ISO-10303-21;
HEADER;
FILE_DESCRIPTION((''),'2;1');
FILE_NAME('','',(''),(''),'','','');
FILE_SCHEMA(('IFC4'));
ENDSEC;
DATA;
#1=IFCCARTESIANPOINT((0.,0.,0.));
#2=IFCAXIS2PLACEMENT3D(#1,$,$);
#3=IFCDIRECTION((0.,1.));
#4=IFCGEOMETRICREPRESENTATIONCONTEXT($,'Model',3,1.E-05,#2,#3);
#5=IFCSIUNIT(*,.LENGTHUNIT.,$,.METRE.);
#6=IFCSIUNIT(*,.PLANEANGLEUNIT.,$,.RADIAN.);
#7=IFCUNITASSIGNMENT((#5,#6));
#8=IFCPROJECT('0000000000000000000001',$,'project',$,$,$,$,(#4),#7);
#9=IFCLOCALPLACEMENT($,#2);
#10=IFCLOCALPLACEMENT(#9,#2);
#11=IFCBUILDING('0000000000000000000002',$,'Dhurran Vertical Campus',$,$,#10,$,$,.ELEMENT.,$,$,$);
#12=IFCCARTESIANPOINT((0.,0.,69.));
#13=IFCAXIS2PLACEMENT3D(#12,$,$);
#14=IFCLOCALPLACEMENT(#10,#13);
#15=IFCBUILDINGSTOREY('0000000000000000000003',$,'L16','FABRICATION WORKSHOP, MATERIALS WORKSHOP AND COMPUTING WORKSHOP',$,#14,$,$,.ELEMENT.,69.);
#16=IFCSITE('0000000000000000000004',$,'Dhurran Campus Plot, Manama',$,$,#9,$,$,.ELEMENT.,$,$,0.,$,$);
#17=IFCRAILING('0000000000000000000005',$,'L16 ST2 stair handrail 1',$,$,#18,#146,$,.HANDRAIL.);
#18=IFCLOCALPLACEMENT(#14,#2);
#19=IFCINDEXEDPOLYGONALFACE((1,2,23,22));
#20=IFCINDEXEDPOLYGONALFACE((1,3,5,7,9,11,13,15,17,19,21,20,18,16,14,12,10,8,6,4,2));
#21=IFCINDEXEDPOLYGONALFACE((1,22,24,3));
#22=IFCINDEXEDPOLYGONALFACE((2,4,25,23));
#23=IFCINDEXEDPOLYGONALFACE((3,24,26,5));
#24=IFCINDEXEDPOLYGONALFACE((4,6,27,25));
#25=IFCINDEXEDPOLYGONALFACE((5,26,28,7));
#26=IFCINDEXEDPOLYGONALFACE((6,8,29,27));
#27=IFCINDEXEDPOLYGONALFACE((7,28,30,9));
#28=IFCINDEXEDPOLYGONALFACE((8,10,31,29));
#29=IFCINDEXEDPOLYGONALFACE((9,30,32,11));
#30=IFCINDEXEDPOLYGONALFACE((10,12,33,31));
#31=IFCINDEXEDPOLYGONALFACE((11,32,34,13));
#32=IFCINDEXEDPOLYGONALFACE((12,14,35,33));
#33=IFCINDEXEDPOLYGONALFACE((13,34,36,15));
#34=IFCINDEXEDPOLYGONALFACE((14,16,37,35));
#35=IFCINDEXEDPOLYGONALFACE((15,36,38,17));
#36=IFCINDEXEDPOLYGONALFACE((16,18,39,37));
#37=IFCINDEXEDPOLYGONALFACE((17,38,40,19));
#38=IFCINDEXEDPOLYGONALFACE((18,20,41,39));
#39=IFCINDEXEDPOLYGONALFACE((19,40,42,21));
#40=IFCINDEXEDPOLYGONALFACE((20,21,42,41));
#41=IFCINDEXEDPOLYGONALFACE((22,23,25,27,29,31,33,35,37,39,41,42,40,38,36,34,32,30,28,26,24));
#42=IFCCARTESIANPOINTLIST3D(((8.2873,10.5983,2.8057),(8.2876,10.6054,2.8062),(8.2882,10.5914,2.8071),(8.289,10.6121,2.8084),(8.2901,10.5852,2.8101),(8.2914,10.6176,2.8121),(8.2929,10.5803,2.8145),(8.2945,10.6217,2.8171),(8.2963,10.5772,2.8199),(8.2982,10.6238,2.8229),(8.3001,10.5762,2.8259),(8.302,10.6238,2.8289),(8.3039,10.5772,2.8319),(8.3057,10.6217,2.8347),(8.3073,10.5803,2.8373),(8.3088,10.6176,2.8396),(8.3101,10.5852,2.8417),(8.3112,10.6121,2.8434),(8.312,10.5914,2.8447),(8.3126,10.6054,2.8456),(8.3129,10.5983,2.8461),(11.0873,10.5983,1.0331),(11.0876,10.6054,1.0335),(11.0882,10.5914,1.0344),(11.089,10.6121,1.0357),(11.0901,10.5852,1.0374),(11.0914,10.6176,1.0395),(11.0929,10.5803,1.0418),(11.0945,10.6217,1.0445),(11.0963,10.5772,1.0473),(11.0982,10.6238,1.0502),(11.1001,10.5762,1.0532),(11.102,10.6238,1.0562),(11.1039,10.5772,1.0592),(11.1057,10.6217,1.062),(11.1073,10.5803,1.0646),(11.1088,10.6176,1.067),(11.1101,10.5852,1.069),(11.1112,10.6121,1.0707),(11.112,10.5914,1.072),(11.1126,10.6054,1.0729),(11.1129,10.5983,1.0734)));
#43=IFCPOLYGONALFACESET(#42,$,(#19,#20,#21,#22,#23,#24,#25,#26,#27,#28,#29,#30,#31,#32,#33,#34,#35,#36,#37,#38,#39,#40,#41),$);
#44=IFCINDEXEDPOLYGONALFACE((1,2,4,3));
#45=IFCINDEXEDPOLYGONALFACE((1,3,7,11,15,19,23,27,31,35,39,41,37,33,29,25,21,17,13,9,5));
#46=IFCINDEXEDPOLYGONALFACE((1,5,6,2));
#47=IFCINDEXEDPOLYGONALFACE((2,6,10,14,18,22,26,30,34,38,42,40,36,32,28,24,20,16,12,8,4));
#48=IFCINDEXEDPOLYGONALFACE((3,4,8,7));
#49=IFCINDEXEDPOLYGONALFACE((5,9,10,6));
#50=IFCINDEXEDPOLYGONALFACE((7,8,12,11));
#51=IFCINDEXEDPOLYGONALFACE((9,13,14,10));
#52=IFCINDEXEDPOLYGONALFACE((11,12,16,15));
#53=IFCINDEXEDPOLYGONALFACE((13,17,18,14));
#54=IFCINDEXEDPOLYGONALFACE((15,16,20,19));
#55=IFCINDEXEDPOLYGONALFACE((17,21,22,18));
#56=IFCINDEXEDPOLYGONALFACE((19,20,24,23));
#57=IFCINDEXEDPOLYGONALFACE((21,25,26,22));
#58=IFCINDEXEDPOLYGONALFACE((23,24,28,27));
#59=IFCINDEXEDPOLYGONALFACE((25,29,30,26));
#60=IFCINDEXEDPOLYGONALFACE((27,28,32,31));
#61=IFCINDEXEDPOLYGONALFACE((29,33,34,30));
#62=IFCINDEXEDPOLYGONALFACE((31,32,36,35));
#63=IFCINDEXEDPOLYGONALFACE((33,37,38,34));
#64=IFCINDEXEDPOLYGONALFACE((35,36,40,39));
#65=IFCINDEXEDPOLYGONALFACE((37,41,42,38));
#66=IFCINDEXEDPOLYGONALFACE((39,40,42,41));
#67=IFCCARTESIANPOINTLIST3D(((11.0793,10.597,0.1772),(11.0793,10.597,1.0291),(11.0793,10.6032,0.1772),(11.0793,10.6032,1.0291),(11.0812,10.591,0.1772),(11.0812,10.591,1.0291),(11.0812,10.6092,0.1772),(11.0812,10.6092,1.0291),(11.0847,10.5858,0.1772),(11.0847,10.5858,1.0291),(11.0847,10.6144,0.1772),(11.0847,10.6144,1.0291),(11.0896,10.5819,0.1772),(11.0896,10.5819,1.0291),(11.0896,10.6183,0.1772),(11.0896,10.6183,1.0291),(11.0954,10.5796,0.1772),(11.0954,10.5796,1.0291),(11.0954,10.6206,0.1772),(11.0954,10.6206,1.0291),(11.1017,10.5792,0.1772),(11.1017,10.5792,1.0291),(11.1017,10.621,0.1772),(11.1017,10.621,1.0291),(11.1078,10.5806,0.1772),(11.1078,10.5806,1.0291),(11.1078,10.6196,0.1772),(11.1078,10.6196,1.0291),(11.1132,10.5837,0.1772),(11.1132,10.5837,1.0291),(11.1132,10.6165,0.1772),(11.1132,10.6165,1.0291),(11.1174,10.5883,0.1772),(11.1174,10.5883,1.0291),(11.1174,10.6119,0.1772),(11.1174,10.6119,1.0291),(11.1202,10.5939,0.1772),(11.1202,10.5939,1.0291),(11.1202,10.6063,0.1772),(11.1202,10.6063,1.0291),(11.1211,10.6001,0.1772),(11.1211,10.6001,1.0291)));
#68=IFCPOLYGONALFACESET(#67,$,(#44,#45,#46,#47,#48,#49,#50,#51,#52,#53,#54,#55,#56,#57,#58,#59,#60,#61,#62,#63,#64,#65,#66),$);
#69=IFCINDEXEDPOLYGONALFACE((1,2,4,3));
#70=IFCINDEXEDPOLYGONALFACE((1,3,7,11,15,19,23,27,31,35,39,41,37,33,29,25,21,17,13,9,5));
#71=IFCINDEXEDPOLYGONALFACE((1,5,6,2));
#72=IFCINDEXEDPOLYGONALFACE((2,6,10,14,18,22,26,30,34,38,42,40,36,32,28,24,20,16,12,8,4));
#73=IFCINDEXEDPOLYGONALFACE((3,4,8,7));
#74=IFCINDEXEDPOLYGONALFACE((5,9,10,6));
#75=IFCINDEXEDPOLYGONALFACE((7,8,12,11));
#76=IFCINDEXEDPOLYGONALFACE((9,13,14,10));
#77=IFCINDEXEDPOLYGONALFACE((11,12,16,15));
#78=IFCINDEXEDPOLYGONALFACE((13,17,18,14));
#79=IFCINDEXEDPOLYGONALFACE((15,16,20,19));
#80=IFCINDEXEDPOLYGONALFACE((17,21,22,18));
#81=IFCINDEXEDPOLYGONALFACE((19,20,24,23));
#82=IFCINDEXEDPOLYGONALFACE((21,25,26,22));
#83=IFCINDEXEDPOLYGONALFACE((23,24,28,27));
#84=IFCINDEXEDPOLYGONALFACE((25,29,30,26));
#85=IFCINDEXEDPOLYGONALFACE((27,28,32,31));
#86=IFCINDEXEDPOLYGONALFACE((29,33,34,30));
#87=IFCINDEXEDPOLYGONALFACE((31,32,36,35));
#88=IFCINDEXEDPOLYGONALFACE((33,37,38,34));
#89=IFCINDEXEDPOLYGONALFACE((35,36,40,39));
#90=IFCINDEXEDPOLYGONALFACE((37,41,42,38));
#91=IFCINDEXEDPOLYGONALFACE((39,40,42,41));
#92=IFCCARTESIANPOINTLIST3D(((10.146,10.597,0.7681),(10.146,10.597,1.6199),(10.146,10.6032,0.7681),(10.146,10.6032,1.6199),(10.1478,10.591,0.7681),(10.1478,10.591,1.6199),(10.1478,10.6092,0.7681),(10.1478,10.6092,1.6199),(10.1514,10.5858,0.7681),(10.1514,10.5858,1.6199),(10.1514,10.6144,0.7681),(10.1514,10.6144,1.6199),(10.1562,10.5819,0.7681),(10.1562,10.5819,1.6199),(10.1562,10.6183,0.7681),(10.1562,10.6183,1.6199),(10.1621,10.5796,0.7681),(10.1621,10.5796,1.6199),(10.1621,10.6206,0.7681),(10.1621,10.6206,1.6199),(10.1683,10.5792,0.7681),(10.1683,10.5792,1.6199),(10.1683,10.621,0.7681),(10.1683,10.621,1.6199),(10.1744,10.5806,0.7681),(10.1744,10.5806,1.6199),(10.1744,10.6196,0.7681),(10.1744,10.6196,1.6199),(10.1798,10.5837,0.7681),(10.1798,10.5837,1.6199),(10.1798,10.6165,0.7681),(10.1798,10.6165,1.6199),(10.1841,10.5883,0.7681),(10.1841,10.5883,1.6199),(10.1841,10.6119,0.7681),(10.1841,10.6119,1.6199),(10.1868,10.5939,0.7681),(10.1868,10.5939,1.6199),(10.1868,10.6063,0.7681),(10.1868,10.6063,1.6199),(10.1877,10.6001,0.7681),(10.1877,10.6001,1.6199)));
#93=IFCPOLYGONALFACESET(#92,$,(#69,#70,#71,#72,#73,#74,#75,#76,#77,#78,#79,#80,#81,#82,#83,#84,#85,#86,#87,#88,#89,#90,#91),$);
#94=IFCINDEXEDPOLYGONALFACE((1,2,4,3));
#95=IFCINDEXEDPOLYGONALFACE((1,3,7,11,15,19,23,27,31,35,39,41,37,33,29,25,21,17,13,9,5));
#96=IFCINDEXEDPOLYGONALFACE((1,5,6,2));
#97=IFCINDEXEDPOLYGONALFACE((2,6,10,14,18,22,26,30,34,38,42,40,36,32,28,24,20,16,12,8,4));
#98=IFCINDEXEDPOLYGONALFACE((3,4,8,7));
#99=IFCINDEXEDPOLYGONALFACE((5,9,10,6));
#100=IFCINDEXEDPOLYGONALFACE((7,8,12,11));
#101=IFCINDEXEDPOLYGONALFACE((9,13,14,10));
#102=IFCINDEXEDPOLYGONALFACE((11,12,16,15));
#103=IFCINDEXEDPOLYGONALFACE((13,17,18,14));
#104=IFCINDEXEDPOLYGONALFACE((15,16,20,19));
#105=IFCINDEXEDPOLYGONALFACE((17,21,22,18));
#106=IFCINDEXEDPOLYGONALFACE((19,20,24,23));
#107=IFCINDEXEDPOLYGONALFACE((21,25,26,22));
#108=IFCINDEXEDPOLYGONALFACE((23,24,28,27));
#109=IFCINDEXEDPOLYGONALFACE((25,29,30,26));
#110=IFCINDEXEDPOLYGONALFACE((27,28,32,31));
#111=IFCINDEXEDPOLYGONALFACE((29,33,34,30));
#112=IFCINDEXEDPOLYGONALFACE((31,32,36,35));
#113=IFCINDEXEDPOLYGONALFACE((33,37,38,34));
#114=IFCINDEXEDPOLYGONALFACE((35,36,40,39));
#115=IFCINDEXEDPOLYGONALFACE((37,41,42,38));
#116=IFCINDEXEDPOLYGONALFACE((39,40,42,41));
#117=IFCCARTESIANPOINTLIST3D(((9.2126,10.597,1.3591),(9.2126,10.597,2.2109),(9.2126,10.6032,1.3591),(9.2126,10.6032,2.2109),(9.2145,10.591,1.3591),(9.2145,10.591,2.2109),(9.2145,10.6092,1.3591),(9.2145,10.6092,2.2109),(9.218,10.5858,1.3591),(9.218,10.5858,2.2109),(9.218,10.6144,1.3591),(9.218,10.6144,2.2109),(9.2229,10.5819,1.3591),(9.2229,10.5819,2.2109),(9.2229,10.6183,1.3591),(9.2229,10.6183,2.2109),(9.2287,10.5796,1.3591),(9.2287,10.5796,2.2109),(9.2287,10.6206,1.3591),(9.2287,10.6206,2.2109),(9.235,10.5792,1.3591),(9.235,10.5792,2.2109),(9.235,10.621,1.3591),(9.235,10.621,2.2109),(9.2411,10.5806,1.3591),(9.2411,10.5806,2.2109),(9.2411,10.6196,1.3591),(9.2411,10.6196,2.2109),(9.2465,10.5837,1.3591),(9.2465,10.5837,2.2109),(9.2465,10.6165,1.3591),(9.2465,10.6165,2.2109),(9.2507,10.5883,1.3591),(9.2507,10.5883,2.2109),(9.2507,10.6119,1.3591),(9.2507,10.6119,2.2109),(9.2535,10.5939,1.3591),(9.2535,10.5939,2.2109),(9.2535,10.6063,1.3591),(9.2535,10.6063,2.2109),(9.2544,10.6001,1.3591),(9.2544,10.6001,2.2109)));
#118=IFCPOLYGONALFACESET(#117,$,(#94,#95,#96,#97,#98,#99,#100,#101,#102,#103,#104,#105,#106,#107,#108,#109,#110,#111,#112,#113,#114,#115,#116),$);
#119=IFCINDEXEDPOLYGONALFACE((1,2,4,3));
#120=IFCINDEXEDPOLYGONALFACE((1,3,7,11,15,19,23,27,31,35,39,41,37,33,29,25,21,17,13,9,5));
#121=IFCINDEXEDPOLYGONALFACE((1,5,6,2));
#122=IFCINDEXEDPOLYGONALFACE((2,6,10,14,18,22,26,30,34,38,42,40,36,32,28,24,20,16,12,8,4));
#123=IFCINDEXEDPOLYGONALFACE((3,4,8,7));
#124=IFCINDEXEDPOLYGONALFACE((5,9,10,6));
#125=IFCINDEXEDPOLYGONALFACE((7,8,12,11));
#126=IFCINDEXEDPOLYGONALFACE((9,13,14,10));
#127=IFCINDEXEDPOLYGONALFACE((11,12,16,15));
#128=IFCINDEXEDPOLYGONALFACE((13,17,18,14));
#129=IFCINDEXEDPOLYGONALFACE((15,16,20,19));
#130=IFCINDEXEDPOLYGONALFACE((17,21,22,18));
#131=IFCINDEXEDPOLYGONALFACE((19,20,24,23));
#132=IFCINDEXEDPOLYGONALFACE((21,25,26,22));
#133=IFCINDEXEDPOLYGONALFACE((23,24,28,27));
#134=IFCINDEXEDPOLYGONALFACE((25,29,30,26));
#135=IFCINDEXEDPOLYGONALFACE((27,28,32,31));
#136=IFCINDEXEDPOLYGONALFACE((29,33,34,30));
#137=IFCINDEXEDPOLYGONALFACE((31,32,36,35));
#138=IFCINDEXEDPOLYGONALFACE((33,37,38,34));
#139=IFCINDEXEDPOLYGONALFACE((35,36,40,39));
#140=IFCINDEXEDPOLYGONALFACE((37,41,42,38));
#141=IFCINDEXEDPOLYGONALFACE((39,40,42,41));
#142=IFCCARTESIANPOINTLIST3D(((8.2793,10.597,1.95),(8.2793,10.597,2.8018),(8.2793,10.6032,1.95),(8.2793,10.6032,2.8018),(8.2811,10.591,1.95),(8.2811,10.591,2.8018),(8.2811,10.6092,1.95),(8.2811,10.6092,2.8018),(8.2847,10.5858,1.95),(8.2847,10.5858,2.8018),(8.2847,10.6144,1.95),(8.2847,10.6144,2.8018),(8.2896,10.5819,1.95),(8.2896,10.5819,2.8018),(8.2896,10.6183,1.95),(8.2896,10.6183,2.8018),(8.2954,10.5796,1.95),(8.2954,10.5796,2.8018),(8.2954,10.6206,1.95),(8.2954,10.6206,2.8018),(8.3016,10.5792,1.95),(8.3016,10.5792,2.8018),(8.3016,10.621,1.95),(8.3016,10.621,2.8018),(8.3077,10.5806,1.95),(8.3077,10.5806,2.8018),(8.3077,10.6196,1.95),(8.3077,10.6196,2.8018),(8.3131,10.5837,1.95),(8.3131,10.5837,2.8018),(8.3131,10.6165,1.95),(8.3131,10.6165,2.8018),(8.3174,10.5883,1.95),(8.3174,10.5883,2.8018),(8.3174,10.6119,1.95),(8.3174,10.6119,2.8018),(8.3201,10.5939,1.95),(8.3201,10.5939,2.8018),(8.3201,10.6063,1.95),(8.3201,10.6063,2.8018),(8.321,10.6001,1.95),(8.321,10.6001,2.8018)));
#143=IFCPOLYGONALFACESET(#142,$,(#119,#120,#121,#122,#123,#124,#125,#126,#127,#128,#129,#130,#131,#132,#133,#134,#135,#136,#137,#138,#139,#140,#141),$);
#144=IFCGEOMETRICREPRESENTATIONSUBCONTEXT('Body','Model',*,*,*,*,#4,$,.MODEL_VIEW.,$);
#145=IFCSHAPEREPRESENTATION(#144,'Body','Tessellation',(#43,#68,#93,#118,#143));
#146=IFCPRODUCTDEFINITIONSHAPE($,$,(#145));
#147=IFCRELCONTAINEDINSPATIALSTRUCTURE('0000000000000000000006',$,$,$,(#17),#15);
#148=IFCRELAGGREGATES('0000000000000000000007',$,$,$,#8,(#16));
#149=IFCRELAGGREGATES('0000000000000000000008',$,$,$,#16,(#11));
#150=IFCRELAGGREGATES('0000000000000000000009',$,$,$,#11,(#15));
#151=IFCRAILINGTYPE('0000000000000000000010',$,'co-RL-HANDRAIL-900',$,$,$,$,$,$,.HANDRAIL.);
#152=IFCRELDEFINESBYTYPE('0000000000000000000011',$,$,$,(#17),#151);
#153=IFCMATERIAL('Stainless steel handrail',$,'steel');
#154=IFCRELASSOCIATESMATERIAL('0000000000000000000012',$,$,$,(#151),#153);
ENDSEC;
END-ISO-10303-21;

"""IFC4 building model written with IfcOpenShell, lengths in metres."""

from ifc_helpers import new_model, si_unit, direction, frame, origin, origin_2d, place, context, subcontext, project, spatial, circle, extrude, material, type_object, element, save


model = new_model("IFC4")

# Units and contexts
model_context = context("Model", 3, precision=1e-05, world=origin(), true_north=direction((0.0, 1.0)))
body_context = subcontext(model_context, "Body", "Model", "MODEL_VIEW")
ifc_project = project(units=[si_unit("LENGTHUNIT", "METRE"), si_unit("PLANEANGLEUNIT", "RADIAN")], contexts=[model_context])

# Site, building, storey
site_placement = place(None, origin())
site = spatial("IfcSite", under=ifc_project, at=site_placement, Name="Dhurran Campus Plot, Manama", CompositionType="ELEMENT", RefElevation=0.0)
building_placement = place(site_placement, origin())
building = spatial("IfcBuilding", under=site, at=building_placement, Name="Dhurran Vertical Campus", CompositionType="ELEMENT")
storey_placement = place(building_placement, frame((0.0, 0.0, 69.0)))
storey = spatial("IfcBuildingStorey", under=building, at=storey_placement, Name="L16", Description="FABRICATION WORKSHOP, MATERIALS WORKSHOP AND COMPUTING WORKSHOP", CompositionType="ELEMENT", Elevation=69.0)

# Railing
ifc_material_1 = material(Name="Stainless steel handrail", Category="steel")
railing_type_1 = type_object("IfcRailingType", Name="co-RL-HANDRAIL-900", PredefinedType="HANDRAIL", material=ifc_material_1)
railing_1_placement = place(storey_placement, frame((11.1001, 10.6001, 0.1772)))
element("IfcRailing", 1, at=railing_1_placement, inside=storey, type_object=railing_type_1, Name="L16 ST2 stair handrail 1", PredefinedType="HANDRAIL", context=body_context, shape_type="SweptSolid", body=[
    extrude(circle(Radius=0.0239, at=origin_2d()), frame((0.0, 0.0, 0.876), z_axis=(-0.844909, 0.0, 0.53491), x_axis=(0.0, -1.0, 0.0)), (0.0, 0.0, 1.0), 3.314),
    extrude(circle(Radius=0.021, at=origin_2d()), origin(), (0.0, 0.0, 1.0), 0.8518),
    extrude(circle(Radius=0.021, at=origin_2d()), frame((-0.9333, 0.0, 0.5908)), (0.0, 0.0, 1.0), 0.8518),
    extrude(circle(Radius=0.021, at=origin_2d()), frame((-1.8667, 0.0, 1.1819)), (0.0, 0.0, 1.0), 0.8518),
    extrude(circle(Radius=0.021, at=origin_2d()), frame((-2.8, 0.0, 1.7727)), (0.0, 0.0, 1.0), 0.8518),
])

save(model, "model.ifc")
